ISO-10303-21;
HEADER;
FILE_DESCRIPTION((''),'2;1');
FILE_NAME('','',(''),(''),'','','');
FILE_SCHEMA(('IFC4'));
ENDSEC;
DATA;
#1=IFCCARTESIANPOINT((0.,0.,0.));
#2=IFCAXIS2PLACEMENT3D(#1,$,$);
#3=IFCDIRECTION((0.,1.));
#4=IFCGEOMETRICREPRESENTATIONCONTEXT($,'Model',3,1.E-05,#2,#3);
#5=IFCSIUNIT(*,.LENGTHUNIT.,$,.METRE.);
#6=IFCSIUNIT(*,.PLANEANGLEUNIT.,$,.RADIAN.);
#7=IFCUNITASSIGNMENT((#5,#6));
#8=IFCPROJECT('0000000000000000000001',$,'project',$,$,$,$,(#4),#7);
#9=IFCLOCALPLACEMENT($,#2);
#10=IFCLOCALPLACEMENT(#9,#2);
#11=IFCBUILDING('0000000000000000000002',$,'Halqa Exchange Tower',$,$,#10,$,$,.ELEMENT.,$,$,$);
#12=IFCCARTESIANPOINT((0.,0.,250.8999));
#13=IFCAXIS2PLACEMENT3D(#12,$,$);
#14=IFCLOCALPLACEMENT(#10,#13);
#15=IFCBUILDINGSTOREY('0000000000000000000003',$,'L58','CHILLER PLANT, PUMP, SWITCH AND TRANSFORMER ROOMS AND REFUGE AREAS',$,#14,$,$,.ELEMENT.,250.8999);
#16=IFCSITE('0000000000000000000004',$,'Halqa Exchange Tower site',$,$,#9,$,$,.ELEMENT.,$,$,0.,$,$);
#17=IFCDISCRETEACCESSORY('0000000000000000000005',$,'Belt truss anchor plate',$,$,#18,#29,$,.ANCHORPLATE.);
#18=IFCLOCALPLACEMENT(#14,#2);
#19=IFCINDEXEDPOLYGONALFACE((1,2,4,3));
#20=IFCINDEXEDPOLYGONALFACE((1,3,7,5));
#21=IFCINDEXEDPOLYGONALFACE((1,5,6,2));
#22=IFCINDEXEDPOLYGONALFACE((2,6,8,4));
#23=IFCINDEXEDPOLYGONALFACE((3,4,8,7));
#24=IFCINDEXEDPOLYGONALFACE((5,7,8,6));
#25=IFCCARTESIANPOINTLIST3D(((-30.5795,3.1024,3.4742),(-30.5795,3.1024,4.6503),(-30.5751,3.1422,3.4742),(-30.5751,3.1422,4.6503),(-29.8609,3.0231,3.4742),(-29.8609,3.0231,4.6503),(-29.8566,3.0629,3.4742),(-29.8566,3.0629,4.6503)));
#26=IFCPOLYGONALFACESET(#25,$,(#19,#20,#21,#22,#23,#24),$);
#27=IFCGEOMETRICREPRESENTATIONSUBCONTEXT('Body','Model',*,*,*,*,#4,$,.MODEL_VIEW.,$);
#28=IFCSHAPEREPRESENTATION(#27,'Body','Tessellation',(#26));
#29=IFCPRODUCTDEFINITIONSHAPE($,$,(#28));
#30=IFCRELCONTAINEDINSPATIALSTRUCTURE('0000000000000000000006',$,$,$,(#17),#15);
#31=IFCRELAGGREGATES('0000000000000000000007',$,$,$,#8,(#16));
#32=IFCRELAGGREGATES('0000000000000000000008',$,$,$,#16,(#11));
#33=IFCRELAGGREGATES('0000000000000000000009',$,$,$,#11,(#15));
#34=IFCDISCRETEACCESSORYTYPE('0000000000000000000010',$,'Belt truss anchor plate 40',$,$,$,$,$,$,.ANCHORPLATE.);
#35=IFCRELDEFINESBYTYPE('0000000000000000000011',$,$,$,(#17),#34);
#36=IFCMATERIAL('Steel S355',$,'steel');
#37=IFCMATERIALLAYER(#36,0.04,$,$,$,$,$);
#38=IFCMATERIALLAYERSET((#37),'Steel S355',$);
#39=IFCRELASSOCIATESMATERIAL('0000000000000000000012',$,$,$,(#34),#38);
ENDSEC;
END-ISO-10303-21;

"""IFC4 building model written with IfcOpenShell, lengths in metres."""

from ifc_helpers import new_model, si_unit, direction, frame, origin, origin_2d, place, context, subcontext, project, spatial, rectangle, extrude, material, layer, layer_set, type_object, element, save


model = new_model("IFC4")

# Units and contexts
model_context = context("Model", 3, precision=1e-05, world=origin(), true_north=direction((0.0, 1.0)))
body_context = subcontext(model_context, "Body", "Model", "MODEL_VIEW")
ifc_project = project(units=[si_unit("LENGTHUNIT", "METRE"), si_unit("PLANEANGLEUNIT", "RADIAN")], contexts=[model_context])

# Site, building, storey
site_placement = place(None, origin())
site = spatial("IfcSite", under=ifc_project, at=site_placement, Name="Halqa Exchange Tower site", CompositionType="ELEMENT", RefElevation=0.0)
building_placement = place(site_placement, origin())
building = spatial("IfcBuilding", under=site, at=building_placement, Name="Halqa Exchange Tower", CompositionType="ELEMENT")
storey_placement = place(building_placement, frame((0.0, 0.0, 250.8999)))
storey = spatial("IfcBuildingStorey", under=building, at=storey_placement, Name="L58", Description="CHILLER PLANT, PUMP, SWITCH AND TRANSFORMER ROOMS AND REFUGE AREAS", CompositionType="ELEMENT", Elevation=250.8999)

# Shared definitions
ifc_material_1 = material(Name="Steel S355", Category="steel")

# Discrete accessory
ifc_layer_1 = layer(ifc_material_1, 0.04)
ifc_layer_set_1 = layer_set([ifc_layer_1], Name="Steel S355")
discrete_accessory_type = type_object("IfcDiscreteAccessoryType", Name="Belt truss anchor plate 40", PredefinedType="ANCHORPLATE", material=ifc_layer_set_1)
discrete_accessory_1_placement = place(storey_placement, frame((-30.2202, 3.0627, 4.0623), z_axis=(0.109762, 0.993958, 0.0), x_axis=(-0.993958, 0.109762, 0.0)))
element("IfcDiscreteAccessory", 1, at=discrete_accessory_1_placement, inside=storey, type_object=discrete_accessory_type, Name="Belt truss anchor plate", PredefinedType="ANCHORPLATE", context=body_context, shape_type="SweptSolid", body=[
    extrude(rectangle(XDim=0.7229, YDim=1.176, at=origin_2d()), origin(), (0.0, 0.0, 1.0), 0.04),
])

save(model, "model.ifc")
